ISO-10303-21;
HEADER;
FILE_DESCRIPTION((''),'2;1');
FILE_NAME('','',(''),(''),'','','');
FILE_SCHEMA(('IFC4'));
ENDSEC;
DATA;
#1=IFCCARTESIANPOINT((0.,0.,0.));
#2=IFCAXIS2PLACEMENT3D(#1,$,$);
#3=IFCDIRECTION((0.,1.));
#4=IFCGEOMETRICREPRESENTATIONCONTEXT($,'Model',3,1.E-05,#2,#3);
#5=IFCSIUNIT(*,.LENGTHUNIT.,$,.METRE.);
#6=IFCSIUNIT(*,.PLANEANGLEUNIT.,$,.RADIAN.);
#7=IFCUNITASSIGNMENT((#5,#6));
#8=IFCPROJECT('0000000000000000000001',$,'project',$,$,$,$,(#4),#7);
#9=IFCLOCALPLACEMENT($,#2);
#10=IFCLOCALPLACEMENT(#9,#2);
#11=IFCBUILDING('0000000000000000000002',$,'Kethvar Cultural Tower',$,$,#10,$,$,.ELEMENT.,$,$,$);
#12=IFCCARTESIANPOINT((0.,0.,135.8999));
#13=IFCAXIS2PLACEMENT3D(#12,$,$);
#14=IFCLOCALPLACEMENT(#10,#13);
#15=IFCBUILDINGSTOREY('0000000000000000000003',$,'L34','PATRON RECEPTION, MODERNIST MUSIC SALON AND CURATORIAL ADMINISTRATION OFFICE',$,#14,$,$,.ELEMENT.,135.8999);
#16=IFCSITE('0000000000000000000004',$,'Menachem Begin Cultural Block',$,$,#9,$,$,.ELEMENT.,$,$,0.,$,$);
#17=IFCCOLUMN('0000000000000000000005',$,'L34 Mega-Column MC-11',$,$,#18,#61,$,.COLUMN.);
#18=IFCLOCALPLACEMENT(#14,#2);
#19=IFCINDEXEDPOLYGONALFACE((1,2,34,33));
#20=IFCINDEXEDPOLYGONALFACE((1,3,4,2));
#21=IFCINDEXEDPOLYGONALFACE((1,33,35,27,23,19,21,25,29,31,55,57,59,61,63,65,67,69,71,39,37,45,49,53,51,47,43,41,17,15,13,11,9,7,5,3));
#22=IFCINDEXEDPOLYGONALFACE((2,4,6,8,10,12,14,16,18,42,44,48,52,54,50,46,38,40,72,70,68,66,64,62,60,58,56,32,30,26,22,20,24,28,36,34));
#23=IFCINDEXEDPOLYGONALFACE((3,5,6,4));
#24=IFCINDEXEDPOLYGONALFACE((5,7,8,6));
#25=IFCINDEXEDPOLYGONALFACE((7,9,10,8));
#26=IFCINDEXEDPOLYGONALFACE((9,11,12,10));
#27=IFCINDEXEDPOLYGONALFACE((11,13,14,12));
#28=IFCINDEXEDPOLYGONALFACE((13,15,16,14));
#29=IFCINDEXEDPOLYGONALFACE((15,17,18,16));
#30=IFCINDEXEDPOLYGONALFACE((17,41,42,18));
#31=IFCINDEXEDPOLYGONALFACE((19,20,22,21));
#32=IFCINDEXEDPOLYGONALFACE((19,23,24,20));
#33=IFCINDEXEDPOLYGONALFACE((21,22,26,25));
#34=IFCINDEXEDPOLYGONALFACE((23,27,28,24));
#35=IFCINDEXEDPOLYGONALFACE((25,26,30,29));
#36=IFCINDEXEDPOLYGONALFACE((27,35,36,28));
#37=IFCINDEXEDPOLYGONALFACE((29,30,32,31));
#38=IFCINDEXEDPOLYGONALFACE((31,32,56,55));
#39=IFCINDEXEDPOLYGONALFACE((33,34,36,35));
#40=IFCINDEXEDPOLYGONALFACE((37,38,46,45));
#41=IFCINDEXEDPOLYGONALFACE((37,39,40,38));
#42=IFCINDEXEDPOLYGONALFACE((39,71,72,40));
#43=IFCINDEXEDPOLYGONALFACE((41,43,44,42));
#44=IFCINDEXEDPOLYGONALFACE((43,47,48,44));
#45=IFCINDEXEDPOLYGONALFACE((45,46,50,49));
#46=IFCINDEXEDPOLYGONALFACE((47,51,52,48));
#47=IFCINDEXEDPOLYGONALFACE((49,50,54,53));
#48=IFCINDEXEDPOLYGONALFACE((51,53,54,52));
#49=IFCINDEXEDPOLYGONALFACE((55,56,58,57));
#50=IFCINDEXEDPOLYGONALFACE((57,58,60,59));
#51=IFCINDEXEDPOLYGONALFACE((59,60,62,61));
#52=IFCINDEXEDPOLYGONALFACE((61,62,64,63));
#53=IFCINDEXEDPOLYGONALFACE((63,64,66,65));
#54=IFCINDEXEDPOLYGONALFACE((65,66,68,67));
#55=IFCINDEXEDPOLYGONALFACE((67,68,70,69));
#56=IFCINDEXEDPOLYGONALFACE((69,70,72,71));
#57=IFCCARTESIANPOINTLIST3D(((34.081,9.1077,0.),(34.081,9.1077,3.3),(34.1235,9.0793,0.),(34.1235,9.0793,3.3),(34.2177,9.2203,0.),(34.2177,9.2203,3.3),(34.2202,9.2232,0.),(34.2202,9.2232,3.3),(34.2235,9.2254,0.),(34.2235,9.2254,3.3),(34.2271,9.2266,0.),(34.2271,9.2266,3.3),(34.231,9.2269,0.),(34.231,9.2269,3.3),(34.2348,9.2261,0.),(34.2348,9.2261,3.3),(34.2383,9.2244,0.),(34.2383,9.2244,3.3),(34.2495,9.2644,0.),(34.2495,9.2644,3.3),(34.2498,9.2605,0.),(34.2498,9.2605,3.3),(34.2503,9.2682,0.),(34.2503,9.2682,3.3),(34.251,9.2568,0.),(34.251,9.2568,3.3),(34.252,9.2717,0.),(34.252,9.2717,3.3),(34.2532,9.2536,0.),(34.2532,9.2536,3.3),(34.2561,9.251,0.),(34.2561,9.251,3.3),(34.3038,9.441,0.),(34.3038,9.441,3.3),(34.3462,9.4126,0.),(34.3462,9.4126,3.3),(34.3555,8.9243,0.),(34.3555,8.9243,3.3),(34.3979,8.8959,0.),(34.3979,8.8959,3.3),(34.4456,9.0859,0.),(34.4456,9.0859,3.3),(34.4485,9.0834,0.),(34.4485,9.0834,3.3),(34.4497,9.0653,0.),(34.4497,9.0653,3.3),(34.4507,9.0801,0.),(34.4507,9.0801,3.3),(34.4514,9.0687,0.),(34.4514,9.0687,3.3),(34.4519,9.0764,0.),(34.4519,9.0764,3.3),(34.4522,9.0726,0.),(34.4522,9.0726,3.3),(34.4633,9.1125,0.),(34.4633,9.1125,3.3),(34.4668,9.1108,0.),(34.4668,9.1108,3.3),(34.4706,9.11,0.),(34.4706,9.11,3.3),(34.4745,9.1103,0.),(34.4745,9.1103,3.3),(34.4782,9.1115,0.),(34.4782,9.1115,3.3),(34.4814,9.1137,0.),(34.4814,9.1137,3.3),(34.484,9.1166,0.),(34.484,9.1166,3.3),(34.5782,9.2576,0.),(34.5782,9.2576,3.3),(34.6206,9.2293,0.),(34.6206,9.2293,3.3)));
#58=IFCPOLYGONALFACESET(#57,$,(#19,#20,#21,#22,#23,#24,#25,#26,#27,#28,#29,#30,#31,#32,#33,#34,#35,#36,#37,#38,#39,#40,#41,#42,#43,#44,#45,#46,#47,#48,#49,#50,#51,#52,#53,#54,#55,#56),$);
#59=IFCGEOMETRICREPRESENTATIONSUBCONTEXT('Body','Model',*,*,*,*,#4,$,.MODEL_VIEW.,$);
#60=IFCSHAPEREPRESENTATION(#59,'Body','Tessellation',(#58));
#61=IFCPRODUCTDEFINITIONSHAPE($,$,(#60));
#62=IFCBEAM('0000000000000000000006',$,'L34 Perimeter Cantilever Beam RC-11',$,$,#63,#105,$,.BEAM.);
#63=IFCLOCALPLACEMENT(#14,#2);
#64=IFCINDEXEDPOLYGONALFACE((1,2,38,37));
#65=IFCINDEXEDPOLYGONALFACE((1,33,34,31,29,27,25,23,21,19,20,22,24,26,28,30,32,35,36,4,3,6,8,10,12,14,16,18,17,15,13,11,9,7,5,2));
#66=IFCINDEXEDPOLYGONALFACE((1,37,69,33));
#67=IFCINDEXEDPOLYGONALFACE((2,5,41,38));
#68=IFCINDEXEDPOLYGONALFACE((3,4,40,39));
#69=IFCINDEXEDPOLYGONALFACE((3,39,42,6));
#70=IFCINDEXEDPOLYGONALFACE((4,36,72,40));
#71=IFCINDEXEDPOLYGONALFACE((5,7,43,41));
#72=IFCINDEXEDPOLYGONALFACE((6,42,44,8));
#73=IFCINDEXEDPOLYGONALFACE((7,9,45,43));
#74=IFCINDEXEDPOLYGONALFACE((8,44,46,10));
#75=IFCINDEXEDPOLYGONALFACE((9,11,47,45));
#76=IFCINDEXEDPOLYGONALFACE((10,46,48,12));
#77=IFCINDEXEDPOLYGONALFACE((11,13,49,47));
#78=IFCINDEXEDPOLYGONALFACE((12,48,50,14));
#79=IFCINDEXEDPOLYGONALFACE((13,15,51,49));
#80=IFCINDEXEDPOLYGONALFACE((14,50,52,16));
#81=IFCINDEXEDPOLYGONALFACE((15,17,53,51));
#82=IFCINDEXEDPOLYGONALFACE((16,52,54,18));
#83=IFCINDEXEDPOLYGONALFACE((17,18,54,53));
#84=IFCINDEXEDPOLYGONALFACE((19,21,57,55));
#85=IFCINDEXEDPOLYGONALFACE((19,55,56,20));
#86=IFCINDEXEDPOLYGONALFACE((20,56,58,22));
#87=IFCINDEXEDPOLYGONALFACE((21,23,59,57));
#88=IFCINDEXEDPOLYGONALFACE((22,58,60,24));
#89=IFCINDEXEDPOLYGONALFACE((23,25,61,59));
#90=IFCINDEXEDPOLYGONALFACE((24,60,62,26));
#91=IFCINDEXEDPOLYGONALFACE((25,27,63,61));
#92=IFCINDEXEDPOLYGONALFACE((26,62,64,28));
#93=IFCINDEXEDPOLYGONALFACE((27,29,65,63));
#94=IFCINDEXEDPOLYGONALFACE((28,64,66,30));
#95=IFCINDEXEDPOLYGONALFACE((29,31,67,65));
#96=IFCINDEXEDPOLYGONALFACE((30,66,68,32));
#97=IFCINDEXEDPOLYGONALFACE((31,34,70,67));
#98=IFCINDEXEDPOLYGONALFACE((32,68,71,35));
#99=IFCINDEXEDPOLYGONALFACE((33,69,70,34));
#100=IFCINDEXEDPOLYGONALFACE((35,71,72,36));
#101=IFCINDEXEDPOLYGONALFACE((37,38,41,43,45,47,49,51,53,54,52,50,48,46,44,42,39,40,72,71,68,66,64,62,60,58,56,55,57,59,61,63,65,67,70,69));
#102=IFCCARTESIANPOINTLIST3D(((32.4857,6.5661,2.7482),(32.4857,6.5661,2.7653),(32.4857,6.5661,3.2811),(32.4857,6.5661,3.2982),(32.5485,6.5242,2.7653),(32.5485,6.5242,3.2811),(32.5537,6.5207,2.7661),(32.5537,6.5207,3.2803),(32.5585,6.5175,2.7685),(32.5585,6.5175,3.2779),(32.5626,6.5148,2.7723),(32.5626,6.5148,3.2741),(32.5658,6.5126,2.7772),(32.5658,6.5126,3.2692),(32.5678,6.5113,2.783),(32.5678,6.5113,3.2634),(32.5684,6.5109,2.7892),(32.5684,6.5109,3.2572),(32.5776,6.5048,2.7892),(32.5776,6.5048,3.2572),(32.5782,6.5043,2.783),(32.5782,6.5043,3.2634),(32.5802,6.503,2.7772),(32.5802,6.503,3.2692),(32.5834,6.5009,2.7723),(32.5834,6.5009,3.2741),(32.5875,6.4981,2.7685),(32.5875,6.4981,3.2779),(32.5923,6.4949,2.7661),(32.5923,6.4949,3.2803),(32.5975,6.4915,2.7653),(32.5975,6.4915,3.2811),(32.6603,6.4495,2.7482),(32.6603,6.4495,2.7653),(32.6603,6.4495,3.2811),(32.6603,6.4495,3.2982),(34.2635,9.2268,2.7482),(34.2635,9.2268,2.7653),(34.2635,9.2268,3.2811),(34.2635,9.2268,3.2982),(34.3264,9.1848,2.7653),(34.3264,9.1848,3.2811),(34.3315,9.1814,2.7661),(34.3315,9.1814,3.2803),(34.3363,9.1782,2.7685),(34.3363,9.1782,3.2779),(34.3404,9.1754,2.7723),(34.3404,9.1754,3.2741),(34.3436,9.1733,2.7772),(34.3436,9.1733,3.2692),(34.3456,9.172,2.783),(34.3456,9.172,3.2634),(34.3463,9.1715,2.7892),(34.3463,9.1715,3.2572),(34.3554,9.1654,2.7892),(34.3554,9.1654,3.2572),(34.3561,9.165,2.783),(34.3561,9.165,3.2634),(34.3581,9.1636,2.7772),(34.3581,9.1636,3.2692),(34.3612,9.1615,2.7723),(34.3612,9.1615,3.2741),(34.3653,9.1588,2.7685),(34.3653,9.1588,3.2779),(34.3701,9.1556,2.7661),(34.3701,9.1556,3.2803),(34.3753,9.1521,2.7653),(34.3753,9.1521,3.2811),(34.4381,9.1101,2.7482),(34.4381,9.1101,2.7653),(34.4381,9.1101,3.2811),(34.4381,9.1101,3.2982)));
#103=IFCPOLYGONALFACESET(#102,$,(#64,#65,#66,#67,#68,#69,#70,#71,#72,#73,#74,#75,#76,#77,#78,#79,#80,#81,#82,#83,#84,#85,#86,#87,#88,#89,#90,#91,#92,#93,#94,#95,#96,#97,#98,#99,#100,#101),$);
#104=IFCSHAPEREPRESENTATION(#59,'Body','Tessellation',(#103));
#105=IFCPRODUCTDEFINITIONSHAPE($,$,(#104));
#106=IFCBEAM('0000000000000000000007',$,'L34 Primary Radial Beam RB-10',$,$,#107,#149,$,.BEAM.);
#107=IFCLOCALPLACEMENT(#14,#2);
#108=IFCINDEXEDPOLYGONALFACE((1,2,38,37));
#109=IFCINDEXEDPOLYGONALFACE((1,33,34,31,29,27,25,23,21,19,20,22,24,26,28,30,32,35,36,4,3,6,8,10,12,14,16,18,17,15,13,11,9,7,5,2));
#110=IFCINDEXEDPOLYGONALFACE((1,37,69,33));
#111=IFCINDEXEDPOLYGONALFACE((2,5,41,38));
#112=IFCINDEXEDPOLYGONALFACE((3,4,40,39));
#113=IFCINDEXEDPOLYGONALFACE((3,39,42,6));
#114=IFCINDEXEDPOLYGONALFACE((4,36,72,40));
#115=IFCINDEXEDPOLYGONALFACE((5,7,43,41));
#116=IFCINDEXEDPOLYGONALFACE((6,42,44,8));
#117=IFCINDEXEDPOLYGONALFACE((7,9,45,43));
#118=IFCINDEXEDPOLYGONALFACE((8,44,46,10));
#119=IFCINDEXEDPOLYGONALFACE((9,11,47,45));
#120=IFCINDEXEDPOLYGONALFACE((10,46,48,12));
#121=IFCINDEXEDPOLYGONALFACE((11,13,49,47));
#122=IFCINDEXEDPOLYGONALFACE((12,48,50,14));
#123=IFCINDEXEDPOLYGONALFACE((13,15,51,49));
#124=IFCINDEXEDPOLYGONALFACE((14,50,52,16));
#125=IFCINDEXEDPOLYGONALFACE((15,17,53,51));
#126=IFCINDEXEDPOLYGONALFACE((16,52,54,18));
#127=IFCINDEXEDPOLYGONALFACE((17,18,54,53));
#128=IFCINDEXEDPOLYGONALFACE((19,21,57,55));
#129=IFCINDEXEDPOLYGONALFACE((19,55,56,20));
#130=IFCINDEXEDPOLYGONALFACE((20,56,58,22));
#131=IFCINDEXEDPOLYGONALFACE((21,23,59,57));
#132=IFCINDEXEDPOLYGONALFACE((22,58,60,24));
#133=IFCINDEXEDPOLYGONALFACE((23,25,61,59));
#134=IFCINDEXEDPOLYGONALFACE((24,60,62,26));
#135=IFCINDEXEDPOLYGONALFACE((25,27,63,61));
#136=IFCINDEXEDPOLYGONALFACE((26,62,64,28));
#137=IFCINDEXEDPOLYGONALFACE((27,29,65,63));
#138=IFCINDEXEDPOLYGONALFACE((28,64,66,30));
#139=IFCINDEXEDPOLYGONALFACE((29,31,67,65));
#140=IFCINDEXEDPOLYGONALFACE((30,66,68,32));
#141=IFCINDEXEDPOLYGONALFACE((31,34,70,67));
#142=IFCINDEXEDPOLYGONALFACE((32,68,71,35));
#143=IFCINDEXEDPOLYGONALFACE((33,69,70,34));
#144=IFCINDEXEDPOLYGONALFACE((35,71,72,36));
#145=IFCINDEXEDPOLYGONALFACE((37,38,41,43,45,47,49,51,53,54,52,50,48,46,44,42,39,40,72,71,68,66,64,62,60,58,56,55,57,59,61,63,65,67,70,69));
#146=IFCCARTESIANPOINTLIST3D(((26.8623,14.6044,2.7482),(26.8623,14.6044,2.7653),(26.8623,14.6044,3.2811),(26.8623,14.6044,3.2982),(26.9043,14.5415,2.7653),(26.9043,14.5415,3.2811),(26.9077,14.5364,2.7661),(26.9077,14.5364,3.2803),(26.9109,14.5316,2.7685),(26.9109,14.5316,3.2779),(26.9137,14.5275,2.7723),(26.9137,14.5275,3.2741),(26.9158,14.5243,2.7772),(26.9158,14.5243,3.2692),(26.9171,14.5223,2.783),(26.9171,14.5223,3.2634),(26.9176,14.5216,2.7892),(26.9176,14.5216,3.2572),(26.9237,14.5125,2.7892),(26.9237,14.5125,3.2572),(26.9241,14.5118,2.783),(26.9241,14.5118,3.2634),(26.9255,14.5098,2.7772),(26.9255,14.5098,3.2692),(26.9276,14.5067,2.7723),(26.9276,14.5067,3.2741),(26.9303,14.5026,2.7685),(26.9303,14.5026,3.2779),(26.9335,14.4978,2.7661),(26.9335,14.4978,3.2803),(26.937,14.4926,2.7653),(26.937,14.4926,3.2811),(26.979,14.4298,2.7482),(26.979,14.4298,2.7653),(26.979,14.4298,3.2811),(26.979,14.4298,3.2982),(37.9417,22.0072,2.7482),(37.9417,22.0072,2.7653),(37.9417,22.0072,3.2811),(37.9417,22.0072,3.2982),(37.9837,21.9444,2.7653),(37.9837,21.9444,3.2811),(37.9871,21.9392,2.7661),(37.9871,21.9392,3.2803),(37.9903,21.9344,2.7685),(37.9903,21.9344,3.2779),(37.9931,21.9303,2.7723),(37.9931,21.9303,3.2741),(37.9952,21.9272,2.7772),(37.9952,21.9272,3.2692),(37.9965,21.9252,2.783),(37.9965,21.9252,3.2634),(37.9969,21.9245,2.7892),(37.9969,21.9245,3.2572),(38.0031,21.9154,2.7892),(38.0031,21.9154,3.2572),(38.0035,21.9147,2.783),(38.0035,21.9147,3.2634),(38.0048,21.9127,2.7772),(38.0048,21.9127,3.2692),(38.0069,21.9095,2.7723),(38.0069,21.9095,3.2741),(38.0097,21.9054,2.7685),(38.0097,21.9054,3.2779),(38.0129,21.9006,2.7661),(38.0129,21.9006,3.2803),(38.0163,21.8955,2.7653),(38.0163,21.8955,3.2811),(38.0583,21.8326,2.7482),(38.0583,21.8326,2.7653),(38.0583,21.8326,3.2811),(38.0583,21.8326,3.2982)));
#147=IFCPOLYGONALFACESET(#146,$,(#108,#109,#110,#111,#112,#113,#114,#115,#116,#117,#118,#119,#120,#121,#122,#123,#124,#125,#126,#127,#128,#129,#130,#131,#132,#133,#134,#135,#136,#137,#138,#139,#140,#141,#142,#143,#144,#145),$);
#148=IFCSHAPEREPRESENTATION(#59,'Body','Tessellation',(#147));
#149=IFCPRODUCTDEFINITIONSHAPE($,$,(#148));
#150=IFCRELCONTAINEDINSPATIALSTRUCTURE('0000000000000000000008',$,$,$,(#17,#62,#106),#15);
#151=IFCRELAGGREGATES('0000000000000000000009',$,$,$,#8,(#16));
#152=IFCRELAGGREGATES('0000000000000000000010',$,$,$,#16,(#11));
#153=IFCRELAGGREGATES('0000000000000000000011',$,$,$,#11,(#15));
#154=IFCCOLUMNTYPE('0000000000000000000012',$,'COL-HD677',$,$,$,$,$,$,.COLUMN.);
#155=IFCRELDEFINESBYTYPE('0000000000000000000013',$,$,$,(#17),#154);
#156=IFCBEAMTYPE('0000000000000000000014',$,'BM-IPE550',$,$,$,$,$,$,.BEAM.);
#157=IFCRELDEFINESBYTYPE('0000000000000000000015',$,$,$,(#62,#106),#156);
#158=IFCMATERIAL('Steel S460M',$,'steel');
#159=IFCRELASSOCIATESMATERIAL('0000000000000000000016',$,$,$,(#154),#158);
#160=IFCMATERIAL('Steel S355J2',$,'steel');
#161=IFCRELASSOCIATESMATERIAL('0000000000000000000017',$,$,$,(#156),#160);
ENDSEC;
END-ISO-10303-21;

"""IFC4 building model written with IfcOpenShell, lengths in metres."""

from ifc_helpers import new_model, si_unit, direction, frame, origin, origin_2d, place, context, subcontext, project, spatial, i_section, extrude, source, transform, mapped, material, material_profile, profile_set, type_object, element, save


model = new_model("IFC4")

# Units and contexts
model_context = context("Model", 3, precision=1e-05, world=origin(), true_north=direction((0.0, 1.0)))
body_context = subcontext(model_context, "Body", "Model", "MODEL_VIEW")
ifc_project = project(units=[si_unit("LENGTHUNIT", "METRE"), si_unit("PLANEANGLEUNIT", "RADIAN")], contexts=[model_context])

# Site, building, storey
site_placement = place(None, origin())
site = spatial("IfcSite", under=ifc_project, at=site_placement, Name="Menachem Begin Cultural Block", CompositionType="ELEMENT", RefElevation=0.0)
building_placement = place(site_placement, origin())
building = spatial("IfcBuilding", under=site, at=building_placement, Name="Kethvar Cultural Tower", CompositionType="ELEMENT")
storey_placement = place(building_placement, frame((0.0, 0.0, 135.8999)))
storey = spatial("IfcBuildingStorey", under=building, at=storey_placement, Name="L34", Description="PATRON RECEPTION, MODERNIST MUSIC SALON AND CURATORIAL ADMINISTRATION OFFICE", CompositionType="ELEMENT", Elevation=135.8999)

# Column
ifc_material_1 = material(Name="Steel S460M", Category="steel")
ifc_material_profile_1 = material_profile(ifc_material_1, i_section(OverallWidth=0.4009, OverallDepth=0.3811, WebThickness=0.032, FlangeThickness=0.051, FilletRadius=0.0149, at=origin_2d()), Name="Steel S460M — HD400x677")
ifc_profile_set_1 = profile_set([ifc_material_profile_1], Name="Steel S460M — HD400x677")
column_type = type_object("IfcColumnType", Name="COL-HD677", PredefinedType="COLUMN", material=ifc_profile_set_1)
shared_shape_1 = source(origin(), body_context, "Body", "SweptSolid", [
    extrude(i_section(OverallWidth=0.4009, OverallDepth=0.3811, WebThickness=0.032, FlangeThickness=0.051, FilletRadius=0.0149, at=origin_2d()), origin(), (0.0, 0.0, 1.0), 3.3),
])
column_placement = place(storey_placement, frame((34.3508, 9.1685, 0.0), z_axis=(0.0, 0.0, 1.0), x_axis=(-0.55557, -0.83147, 0.0)))
element("IfcColumn", 1, at=column_placement, inside=storey, type_object=column_type, Name="L34 Mega-Column MC-11", PredefinedType="COLUMN", context=body_context, shape_type="MappedRepresentation", body=[
    mapped(shared_shape_1, transform((0.0, 0.0, 0.0), scale=1.0)),
])

# Beams
ifc_material_2 = material(Name="Steel S355J2", Category="steel")
ifc_material_profile_2 = material_profile(ifc_material_2, i_section(OverallWidth=0.21, OverallDepth=0.55, WebThickness=0.011, FlangeThickness=0.0171, FilletRadius=0.0239, at=origin_2d()), Name="Steel S355J2 — IPE550")
ifc_profile_set_2 = profile_set([ifc_material_profile_2], Name="Steel S355J2 — IPE550")
beam_type_1 = type_object("IfcBeamType", Name="BM-IPE550", PredefinedType="BEAM", material=ifc_profile_set_2)
shared_shape_2 = source(origin(), body_context, "Body", "SweptSolid", [
    extrude(i_section(OverallWidth=0.21, OverallDepth=0.55, WebThickness=0.011, FlangeThickness=0.0171, FilletRadius=0.0239, at=origin_2d()), origin(), (0.0, 0.0, 1.0), 3.2),
])
beam_1_placement = place(storey_placement, frame((34.3508, 9.1685, 3.0232), z_axis=(-0.55558, -0.831463, 0.0), x_axis=(0.831463, -0.55558, 0.0)))
element("IfcBeam", 2, at=beam_1_placement, inside=storey, type_object=beam_type_1, Name="L34 Perimeter Cantilever Beam RC-11", PredefinedType="BEAM", context=body_context, shape_type="MappedRepresentation", body=[
    mapped(shared_shape_2, transform((0.0, 0.0, 0.0), scale=1.0)),
])
shared_shape_3 = source(origin(), body_context, "Body", "SweptSolid", [
    extrude(i_section(OverallWidth=0.21, OverallDepth=0.55, WebThickness=0.011, FlangeThickness=0.0171, FilletRadius=0.0239, at=origin_2d()), origin(), (0.0, 0.0, 1.0), 13.325),
])
beam_2_placement = place(storey_placement, frame((38.0, 21.9199, 3.0232), z_axis=(-0.831475, -0.555562, 0.0), x_axis=(0.555562, -0.831475, 0.0)))
element("IfcBeam", 3, at=beam_2_placement, inside=storey, type_object=beam_type_1, Name="L34 Primary Radial Beam RB-10", PredefinedType="BEAM", context=body_context, shape_type="MappedRepresentation", body=[
    mapped(shared_shape_3, transform((0.0, 0.0, 0.0), scale=1.0)),
])

save(model, "model.ifc")
